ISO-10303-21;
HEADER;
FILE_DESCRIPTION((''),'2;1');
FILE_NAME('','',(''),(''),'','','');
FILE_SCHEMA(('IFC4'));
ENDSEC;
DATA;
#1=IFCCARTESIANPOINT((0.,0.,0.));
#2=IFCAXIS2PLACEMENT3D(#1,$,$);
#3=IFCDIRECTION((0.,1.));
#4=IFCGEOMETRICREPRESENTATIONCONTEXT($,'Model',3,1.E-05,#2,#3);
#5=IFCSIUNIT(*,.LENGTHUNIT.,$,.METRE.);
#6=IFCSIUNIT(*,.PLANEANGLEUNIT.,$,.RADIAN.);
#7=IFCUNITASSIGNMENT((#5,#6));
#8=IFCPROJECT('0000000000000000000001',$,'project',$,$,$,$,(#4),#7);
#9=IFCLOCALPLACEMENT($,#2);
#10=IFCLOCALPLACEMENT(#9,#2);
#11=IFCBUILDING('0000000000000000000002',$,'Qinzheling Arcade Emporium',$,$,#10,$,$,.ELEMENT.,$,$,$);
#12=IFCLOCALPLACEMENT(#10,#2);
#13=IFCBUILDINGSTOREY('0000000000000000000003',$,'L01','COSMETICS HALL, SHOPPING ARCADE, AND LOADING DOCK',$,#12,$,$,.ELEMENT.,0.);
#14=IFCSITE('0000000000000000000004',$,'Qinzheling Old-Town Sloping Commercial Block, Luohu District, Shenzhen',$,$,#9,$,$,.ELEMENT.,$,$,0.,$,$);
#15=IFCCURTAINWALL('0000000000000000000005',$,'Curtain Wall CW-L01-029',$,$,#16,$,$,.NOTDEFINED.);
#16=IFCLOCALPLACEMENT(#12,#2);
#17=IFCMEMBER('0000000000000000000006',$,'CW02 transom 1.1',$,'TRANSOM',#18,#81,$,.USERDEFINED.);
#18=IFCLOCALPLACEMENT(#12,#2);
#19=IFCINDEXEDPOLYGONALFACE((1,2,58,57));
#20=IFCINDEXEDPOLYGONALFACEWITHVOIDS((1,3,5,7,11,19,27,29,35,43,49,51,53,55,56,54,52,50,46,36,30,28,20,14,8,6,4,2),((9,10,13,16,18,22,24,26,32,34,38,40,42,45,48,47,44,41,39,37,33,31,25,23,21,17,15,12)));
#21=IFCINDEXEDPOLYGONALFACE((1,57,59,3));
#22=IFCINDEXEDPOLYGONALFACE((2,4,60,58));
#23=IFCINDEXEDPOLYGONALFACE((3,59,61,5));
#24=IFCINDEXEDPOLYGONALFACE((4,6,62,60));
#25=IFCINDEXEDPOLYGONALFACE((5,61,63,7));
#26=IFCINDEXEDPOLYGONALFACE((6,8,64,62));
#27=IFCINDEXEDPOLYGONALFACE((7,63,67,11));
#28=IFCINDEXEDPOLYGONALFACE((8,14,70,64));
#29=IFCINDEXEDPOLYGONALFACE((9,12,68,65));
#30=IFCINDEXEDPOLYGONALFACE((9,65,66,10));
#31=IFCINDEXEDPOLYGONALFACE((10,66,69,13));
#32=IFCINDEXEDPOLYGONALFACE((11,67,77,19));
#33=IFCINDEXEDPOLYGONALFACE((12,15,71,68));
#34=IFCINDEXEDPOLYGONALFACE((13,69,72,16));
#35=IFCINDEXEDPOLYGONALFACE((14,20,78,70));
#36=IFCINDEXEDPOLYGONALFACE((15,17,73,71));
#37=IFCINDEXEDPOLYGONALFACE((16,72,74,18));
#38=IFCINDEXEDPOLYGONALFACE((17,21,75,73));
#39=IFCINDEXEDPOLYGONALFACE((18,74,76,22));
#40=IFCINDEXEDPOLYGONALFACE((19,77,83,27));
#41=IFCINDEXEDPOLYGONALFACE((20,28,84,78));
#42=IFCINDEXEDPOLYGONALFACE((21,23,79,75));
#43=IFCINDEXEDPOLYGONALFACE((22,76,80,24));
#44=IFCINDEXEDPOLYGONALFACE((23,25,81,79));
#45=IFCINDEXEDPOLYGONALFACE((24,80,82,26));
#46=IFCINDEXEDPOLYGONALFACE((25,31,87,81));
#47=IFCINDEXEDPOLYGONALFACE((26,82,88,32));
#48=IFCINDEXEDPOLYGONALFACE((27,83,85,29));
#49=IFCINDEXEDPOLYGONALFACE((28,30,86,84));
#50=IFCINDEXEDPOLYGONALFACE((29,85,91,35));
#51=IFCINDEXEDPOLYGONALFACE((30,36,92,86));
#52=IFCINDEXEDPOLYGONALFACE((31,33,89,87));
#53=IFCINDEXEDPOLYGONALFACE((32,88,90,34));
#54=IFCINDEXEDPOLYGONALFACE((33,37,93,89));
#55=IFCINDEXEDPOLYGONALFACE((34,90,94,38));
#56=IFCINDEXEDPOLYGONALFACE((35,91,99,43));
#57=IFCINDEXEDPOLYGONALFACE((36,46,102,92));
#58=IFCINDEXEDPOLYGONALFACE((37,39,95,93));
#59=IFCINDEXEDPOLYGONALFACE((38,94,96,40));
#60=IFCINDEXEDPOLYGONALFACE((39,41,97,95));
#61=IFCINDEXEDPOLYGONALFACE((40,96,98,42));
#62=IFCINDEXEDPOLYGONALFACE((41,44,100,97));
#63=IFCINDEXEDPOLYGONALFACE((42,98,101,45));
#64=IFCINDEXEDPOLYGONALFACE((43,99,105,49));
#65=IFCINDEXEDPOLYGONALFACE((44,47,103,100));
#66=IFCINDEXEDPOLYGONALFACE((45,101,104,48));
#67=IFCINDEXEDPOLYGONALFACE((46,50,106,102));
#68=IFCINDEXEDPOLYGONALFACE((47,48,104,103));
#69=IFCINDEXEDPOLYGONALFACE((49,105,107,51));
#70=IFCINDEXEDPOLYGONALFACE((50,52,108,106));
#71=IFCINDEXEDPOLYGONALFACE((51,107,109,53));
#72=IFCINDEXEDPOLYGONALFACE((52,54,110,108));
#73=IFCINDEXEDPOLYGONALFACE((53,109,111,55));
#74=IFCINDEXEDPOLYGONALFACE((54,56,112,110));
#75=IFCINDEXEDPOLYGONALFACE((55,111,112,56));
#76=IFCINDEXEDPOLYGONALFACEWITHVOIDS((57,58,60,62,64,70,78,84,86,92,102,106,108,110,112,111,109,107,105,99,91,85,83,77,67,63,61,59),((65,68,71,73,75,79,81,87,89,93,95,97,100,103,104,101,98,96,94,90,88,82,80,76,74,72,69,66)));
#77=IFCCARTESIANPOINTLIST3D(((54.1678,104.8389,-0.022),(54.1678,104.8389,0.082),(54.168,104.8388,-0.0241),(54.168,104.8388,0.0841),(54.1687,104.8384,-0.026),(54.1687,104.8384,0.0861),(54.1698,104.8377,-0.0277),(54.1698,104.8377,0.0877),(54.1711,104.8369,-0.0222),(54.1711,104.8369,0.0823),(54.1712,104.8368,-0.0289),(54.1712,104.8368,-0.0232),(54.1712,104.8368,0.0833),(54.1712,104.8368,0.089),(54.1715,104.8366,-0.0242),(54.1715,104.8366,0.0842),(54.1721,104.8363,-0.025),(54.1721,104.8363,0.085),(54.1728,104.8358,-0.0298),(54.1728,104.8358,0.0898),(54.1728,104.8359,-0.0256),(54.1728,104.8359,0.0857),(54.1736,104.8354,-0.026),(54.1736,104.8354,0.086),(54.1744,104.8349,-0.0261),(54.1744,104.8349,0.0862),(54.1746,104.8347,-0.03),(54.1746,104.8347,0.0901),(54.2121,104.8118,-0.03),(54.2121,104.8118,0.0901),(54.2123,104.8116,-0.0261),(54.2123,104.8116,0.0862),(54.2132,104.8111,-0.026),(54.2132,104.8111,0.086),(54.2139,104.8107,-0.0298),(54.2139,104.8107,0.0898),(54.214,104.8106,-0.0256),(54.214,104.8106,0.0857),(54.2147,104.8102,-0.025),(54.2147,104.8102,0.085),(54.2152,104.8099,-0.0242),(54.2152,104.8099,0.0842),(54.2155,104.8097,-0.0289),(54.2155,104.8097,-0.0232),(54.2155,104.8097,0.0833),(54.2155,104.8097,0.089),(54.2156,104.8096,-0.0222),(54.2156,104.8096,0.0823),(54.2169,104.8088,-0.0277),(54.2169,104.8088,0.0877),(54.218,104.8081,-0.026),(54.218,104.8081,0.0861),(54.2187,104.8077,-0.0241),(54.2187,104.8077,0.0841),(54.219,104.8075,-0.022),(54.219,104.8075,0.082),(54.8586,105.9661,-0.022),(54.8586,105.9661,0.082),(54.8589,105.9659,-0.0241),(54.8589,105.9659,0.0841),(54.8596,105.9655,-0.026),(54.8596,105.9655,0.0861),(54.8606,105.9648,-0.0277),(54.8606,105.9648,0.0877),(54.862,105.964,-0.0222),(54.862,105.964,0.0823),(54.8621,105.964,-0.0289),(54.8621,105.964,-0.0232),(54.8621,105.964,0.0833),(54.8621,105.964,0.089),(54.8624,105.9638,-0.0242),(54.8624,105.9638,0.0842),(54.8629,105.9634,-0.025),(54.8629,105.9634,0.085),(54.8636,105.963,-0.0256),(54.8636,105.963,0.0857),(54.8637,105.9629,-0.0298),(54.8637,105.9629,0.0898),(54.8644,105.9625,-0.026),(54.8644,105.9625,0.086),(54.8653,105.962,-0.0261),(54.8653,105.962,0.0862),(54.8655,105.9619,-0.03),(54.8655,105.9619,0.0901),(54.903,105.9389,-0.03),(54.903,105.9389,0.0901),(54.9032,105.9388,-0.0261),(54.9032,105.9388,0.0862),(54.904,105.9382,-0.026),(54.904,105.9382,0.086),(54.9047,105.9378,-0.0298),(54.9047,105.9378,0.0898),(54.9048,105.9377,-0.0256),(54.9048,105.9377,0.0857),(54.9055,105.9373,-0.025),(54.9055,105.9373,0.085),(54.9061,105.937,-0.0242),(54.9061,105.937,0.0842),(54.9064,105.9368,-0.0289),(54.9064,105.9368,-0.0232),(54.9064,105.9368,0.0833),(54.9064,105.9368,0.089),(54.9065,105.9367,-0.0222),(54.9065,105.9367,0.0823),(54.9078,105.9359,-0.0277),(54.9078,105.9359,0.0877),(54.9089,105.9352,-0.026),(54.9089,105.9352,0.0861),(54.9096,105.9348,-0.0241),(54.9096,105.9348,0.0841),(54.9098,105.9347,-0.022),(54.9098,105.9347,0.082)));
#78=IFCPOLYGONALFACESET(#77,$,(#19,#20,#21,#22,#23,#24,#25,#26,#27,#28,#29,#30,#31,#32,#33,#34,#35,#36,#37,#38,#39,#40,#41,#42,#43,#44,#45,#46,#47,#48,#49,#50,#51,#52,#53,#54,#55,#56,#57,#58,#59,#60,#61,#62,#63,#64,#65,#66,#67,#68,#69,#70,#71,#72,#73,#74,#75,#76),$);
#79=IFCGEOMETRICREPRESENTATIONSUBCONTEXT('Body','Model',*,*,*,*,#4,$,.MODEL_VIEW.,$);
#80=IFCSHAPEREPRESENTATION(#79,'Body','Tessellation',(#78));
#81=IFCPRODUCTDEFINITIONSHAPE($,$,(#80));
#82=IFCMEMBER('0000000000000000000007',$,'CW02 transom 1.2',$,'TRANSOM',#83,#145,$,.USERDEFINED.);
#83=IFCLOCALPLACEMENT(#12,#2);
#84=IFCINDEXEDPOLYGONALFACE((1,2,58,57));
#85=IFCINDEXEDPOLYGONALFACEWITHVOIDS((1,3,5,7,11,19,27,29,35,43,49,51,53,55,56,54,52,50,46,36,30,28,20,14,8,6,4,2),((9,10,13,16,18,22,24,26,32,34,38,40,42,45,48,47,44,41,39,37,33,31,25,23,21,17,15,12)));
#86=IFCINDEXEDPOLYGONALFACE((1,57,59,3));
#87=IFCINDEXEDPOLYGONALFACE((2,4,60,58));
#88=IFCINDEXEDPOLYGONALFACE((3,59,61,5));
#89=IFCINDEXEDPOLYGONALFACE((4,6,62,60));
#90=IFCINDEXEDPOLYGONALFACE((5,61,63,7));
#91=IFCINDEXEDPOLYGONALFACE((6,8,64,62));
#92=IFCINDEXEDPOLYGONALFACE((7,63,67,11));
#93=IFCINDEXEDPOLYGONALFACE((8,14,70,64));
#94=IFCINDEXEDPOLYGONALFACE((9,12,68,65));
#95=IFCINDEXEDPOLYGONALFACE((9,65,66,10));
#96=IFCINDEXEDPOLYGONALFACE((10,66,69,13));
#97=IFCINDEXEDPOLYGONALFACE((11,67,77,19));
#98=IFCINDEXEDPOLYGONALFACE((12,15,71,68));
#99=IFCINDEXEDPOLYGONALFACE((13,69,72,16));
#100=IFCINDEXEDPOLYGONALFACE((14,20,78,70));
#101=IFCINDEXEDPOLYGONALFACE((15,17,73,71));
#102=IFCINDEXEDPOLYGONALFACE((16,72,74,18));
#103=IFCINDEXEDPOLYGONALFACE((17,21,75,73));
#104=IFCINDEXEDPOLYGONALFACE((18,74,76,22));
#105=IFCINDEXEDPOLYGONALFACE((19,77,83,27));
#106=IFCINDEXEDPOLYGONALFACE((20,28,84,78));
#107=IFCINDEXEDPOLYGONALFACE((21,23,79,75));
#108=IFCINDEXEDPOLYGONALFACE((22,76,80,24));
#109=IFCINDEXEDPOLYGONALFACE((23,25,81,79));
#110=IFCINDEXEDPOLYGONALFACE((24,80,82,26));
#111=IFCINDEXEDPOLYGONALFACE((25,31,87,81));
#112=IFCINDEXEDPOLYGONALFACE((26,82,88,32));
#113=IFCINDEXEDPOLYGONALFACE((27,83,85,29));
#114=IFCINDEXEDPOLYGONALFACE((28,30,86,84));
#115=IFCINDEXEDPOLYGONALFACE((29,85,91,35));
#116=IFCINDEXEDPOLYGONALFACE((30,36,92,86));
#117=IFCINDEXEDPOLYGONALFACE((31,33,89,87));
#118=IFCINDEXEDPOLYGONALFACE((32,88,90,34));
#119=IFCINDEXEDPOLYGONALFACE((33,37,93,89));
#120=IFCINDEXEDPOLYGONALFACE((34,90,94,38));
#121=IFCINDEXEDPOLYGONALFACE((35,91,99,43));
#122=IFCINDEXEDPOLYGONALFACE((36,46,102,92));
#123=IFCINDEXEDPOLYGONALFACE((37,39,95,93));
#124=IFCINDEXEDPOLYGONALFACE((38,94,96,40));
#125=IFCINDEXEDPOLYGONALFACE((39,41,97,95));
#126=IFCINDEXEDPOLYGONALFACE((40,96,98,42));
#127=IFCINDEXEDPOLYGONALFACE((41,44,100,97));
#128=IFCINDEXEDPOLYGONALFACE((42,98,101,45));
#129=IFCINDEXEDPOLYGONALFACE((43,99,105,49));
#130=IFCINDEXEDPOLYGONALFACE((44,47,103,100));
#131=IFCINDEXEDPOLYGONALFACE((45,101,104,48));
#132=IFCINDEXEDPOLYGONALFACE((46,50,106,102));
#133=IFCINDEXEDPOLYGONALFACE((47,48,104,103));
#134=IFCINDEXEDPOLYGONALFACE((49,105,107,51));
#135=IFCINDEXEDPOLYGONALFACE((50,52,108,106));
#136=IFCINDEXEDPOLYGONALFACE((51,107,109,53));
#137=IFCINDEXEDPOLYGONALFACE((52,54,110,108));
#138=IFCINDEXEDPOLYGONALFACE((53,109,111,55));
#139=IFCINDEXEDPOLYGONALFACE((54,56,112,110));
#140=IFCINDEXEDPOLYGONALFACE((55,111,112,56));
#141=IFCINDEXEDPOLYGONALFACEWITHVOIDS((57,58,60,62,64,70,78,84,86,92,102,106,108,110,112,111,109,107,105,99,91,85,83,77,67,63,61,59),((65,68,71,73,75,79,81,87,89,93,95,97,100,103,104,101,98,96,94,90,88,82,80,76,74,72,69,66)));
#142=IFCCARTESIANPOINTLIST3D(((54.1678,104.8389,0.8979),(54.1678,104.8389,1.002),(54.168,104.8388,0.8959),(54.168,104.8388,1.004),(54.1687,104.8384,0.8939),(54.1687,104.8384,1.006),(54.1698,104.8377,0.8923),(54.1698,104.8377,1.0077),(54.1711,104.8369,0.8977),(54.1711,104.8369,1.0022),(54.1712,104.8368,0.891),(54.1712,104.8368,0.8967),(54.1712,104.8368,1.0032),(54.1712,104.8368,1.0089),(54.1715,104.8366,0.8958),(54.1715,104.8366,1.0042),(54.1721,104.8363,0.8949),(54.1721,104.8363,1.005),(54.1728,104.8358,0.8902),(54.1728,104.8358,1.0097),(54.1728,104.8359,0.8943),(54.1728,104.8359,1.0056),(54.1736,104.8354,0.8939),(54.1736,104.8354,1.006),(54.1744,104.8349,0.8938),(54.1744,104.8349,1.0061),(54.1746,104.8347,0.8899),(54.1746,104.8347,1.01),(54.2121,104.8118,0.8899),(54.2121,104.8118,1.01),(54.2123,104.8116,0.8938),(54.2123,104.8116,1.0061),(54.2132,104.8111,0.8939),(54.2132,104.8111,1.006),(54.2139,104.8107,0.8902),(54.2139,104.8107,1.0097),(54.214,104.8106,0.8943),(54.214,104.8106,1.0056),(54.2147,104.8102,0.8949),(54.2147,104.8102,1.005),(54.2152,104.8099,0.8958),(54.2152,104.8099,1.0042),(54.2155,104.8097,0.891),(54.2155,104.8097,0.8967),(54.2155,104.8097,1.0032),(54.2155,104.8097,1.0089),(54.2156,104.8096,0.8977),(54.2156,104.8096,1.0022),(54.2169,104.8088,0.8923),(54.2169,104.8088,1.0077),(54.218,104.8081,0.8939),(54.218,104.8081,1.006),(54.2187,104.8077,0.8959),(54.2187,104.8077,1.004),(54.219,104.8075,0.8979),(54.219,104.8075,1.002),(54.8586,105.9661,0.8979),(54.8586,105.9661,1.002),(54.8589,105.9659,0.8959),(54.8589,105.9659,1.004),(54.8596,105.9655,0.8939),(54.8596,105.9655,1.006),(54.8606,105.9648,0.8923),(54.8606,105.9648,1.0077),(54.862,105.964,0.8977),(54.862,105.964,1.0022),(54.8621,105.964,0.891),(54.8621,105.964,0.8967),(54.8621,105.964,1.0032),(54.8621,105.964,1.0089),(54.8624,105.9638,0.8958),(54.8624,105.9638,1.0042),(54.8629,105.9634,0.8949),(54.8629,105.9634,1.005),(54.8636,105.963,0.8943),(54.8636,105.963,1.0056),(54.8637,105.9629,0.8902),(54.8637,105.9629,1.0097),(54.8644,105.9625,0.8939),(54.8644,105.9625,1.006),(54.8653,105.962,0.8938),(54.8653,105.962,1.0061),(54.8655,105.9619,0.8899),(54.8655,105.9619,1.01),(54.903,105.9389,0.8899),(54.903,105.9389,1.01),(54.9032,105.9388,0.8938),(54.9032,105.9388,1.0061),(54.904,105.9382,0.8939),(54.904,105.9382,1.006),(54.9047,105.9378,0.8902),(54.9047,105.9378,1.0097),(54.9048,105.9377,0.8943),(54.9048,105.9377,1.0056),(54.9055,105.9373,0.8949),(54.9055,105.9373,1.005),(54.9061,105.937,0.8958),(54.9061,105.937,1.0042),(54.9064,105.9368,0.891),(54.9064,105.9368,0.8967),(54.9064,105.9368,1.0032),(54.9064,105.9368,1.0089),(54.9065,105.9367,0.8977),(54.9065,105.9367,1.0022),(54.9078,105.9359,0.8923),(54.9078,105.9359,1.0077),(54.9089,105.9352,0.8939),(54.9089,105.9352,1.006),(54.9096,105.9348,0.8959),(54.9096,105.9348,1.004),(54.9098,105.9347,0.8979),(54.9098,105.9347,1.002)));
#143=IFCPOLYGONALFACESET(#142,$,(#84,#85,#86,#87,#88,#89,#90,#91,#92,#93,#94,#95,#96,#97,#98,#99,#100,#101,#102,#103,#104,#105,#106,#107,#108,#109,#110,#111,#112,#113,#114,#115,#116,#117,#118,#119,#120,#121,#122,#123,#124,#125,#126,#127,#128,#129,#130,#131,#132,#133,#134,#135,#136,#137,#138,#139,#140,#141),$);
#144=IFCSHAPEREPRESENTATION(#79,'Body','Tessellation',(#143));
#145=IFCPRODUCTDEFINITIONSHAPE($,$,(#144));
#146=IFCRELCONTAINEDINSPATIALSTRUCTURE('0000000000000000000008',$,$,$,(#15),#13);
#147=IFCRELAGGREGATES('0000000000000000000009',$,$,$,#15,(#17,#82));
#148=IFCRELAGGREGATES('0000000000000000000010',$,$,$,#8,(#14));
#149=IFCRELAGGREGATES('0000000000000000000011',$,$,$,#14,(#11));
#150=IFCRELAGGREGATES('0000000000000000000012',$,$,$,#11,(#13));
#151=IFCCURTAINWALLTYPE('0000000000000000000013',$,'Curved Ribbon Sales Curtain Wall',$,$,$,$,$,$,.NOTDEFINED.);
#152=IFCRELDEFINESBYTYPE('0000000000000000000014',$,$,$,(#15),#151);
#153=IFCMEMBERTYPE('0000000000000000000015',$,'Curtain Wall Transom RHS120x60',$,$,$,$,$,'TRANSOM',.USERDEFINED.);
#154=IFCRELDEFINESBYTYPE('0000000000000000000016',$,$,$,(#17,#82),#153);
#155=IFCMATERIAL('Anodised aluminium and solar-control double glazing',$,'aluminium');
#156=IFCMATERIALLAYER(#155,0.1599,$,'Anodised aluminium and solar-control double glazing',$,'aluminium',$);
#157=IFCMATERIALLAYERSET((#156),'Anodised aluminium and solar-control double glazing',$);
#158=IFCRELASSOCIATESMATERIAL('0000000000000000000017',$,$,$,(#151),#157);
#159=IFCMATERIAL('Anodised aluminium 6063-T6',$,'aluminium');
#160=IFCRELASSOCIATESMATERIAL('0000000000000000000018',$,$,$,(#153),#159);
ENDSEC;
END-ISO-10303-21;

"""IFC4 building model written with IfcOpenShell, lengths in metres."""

from ifc_helpers import new_model, si_unit, direction, frame, origin, origin_2d, place, context, subcontext, project, spatial, hollow_rectangle, extrude, material, layer, layer_set, material_profile, profile_set, type_object, element, aggregate, save


model = new_model("IFC4")

# Units and contexts
model_context = context("Model", 3, precision=1e-05, world=origin(), true_north=direction((0.0, 1.0)))
body_context = subcontext(model_context, "Body", "Model", "MODEL_VIEW")
ifc_project = project(units=[si_unit("LENGTHUNIT", "METRE"), si_unit("PLANEANGLEUNIT", "RADIAN")], contexts=[model_context])

# Site, building, storey
site_placement = place(None, origin())
site = spatial("IfcSite", under=ifc_project, at=site_placement, Name="Qinzheling Old-Town Sloping Commercial Block, Luohu District, Shenzhen", CompositionType="ELEMENT", RefElevation=0.0)
building_placement = place(site_placement, origin())
building = spatial("IfcBuilding", under=site, at=building_placement, Name="Qinzheling Arcade Emporium", CompositionType="ELEMENT")
storey_placement = place(building_placement, origin())
storey = spatial("IfcBuildingStorey", under=building, at=storey_placement, Name="L01", Description="COSMETICS HALL, SHOPPING ARCADE, AND LOADING DOCK", CompositionType="ELEMENT", Elevation=0.0)

# Shared definitions
ifc_material_1 = material(Name="Anodised aluminium and solar-control double glazing", Category="aluminium")
ifc_layer_1 = layer(ifc_material_1, 0.1599, Name="Anodised aluminium and solar-control double glazing", Category="aluminium")
ifc_layer_set_1 = layer_set([ifc_layer_1], Name="Anodised aluminium and solar-control double glazing")
curtain_wall_type = type_object("IfcCurtainWallType", Name="Curved Ribbon Sales Curtain Wall", PredefinedType="NOTDEFINED", material=ifc_layer_set_1)
ifc_material_2 = material(Name="Anodised aluminium 6063-T6", Category="aluminium")

# Curtain wall
curtain_wall_1_placement = place(storey_placement, origin())
curtain_wall_1 = element("IfcCurtainWall", 1, at=curtain_wall_1_placement, inside=storey, type_object=curtain_wall_type, Name="Curtain Wall CW-L01-029", PredefinedType="NOTDEFINED")

# Members
ifc_material_profile_1 = material_profile(ifc_material_2, hollow_rectangle(XDim=0.0601, YDim=0.1201, WallThickness=0.0039, InnerFilletRadius=0.0039, OuterFilletRadius=0.0081, at=origin_2d()), Name="RHS 120x60x4", Category="aluminium")
ifc_profile_set_1 = profile_set([ifc_material_profile_1], Name="Anodised aluminium 6063-T6")
member_type_1 = type_object("IfcMemberType", Name="Curtain Wall Transom RHS120x60", ElementType="TRANSOM", PredefinedType="USERDEFINED", material=ifc_profile_set_1)
member_1_placement = place(storey_placement, frame((54.1934, 104.8232, 0.03), z_axis=(0.522592, 0.852583, 0.0), x_axis=(-0.852583, 0.522592, 0.0)))
member_1 = element("IfcMember", 2, at=member_1_placement, type_object=member_type_1, Name="CW02 transom 1.1", ObjectType="TRANSOM", PredefinedType="USERDEFINED", context=body_context, shape_type="SweptSolid", body=[
    extrude(hollow_rectangle(XDim=0.0601, YDim=0.1201, WallThickness=0.0039, InnerFilletRadius=0.0039, OuterFilletRadius=0.0081, at=origin_2d()), origin(), (0.0, 0.0, 1.0), 1.322),
])
member_2_placement = place(storey_placement, frame((54.1934, 104.8232, 0.95), z_axis=(0.522592, 0.852583, 0.0), x_axis=(-0.852583, 0.522592, 0.0)))
member_2 = element("IfcMember", 3, at=member_2_placement, type_object=member_type_1, Name="CW02 transom 1.2", ObjectType="TRANSOM", PredefinedType="USERDEFINED", context=body_context, shape_type="SweptSolid", body=[
    extrude(hollow_rectangle(XDim=0.0601, YDim=0.1201, WallThickness=0.0039, InnerFilletRadius=0.0039, OuterFilletRadius=0.0081, at=origin_2d()), origin(), (0.0, 0.0, 1.0), 1.322),
])

aggregate(curtain_wall_1, [member_1, member_2])

save(model, "model.ifc")
